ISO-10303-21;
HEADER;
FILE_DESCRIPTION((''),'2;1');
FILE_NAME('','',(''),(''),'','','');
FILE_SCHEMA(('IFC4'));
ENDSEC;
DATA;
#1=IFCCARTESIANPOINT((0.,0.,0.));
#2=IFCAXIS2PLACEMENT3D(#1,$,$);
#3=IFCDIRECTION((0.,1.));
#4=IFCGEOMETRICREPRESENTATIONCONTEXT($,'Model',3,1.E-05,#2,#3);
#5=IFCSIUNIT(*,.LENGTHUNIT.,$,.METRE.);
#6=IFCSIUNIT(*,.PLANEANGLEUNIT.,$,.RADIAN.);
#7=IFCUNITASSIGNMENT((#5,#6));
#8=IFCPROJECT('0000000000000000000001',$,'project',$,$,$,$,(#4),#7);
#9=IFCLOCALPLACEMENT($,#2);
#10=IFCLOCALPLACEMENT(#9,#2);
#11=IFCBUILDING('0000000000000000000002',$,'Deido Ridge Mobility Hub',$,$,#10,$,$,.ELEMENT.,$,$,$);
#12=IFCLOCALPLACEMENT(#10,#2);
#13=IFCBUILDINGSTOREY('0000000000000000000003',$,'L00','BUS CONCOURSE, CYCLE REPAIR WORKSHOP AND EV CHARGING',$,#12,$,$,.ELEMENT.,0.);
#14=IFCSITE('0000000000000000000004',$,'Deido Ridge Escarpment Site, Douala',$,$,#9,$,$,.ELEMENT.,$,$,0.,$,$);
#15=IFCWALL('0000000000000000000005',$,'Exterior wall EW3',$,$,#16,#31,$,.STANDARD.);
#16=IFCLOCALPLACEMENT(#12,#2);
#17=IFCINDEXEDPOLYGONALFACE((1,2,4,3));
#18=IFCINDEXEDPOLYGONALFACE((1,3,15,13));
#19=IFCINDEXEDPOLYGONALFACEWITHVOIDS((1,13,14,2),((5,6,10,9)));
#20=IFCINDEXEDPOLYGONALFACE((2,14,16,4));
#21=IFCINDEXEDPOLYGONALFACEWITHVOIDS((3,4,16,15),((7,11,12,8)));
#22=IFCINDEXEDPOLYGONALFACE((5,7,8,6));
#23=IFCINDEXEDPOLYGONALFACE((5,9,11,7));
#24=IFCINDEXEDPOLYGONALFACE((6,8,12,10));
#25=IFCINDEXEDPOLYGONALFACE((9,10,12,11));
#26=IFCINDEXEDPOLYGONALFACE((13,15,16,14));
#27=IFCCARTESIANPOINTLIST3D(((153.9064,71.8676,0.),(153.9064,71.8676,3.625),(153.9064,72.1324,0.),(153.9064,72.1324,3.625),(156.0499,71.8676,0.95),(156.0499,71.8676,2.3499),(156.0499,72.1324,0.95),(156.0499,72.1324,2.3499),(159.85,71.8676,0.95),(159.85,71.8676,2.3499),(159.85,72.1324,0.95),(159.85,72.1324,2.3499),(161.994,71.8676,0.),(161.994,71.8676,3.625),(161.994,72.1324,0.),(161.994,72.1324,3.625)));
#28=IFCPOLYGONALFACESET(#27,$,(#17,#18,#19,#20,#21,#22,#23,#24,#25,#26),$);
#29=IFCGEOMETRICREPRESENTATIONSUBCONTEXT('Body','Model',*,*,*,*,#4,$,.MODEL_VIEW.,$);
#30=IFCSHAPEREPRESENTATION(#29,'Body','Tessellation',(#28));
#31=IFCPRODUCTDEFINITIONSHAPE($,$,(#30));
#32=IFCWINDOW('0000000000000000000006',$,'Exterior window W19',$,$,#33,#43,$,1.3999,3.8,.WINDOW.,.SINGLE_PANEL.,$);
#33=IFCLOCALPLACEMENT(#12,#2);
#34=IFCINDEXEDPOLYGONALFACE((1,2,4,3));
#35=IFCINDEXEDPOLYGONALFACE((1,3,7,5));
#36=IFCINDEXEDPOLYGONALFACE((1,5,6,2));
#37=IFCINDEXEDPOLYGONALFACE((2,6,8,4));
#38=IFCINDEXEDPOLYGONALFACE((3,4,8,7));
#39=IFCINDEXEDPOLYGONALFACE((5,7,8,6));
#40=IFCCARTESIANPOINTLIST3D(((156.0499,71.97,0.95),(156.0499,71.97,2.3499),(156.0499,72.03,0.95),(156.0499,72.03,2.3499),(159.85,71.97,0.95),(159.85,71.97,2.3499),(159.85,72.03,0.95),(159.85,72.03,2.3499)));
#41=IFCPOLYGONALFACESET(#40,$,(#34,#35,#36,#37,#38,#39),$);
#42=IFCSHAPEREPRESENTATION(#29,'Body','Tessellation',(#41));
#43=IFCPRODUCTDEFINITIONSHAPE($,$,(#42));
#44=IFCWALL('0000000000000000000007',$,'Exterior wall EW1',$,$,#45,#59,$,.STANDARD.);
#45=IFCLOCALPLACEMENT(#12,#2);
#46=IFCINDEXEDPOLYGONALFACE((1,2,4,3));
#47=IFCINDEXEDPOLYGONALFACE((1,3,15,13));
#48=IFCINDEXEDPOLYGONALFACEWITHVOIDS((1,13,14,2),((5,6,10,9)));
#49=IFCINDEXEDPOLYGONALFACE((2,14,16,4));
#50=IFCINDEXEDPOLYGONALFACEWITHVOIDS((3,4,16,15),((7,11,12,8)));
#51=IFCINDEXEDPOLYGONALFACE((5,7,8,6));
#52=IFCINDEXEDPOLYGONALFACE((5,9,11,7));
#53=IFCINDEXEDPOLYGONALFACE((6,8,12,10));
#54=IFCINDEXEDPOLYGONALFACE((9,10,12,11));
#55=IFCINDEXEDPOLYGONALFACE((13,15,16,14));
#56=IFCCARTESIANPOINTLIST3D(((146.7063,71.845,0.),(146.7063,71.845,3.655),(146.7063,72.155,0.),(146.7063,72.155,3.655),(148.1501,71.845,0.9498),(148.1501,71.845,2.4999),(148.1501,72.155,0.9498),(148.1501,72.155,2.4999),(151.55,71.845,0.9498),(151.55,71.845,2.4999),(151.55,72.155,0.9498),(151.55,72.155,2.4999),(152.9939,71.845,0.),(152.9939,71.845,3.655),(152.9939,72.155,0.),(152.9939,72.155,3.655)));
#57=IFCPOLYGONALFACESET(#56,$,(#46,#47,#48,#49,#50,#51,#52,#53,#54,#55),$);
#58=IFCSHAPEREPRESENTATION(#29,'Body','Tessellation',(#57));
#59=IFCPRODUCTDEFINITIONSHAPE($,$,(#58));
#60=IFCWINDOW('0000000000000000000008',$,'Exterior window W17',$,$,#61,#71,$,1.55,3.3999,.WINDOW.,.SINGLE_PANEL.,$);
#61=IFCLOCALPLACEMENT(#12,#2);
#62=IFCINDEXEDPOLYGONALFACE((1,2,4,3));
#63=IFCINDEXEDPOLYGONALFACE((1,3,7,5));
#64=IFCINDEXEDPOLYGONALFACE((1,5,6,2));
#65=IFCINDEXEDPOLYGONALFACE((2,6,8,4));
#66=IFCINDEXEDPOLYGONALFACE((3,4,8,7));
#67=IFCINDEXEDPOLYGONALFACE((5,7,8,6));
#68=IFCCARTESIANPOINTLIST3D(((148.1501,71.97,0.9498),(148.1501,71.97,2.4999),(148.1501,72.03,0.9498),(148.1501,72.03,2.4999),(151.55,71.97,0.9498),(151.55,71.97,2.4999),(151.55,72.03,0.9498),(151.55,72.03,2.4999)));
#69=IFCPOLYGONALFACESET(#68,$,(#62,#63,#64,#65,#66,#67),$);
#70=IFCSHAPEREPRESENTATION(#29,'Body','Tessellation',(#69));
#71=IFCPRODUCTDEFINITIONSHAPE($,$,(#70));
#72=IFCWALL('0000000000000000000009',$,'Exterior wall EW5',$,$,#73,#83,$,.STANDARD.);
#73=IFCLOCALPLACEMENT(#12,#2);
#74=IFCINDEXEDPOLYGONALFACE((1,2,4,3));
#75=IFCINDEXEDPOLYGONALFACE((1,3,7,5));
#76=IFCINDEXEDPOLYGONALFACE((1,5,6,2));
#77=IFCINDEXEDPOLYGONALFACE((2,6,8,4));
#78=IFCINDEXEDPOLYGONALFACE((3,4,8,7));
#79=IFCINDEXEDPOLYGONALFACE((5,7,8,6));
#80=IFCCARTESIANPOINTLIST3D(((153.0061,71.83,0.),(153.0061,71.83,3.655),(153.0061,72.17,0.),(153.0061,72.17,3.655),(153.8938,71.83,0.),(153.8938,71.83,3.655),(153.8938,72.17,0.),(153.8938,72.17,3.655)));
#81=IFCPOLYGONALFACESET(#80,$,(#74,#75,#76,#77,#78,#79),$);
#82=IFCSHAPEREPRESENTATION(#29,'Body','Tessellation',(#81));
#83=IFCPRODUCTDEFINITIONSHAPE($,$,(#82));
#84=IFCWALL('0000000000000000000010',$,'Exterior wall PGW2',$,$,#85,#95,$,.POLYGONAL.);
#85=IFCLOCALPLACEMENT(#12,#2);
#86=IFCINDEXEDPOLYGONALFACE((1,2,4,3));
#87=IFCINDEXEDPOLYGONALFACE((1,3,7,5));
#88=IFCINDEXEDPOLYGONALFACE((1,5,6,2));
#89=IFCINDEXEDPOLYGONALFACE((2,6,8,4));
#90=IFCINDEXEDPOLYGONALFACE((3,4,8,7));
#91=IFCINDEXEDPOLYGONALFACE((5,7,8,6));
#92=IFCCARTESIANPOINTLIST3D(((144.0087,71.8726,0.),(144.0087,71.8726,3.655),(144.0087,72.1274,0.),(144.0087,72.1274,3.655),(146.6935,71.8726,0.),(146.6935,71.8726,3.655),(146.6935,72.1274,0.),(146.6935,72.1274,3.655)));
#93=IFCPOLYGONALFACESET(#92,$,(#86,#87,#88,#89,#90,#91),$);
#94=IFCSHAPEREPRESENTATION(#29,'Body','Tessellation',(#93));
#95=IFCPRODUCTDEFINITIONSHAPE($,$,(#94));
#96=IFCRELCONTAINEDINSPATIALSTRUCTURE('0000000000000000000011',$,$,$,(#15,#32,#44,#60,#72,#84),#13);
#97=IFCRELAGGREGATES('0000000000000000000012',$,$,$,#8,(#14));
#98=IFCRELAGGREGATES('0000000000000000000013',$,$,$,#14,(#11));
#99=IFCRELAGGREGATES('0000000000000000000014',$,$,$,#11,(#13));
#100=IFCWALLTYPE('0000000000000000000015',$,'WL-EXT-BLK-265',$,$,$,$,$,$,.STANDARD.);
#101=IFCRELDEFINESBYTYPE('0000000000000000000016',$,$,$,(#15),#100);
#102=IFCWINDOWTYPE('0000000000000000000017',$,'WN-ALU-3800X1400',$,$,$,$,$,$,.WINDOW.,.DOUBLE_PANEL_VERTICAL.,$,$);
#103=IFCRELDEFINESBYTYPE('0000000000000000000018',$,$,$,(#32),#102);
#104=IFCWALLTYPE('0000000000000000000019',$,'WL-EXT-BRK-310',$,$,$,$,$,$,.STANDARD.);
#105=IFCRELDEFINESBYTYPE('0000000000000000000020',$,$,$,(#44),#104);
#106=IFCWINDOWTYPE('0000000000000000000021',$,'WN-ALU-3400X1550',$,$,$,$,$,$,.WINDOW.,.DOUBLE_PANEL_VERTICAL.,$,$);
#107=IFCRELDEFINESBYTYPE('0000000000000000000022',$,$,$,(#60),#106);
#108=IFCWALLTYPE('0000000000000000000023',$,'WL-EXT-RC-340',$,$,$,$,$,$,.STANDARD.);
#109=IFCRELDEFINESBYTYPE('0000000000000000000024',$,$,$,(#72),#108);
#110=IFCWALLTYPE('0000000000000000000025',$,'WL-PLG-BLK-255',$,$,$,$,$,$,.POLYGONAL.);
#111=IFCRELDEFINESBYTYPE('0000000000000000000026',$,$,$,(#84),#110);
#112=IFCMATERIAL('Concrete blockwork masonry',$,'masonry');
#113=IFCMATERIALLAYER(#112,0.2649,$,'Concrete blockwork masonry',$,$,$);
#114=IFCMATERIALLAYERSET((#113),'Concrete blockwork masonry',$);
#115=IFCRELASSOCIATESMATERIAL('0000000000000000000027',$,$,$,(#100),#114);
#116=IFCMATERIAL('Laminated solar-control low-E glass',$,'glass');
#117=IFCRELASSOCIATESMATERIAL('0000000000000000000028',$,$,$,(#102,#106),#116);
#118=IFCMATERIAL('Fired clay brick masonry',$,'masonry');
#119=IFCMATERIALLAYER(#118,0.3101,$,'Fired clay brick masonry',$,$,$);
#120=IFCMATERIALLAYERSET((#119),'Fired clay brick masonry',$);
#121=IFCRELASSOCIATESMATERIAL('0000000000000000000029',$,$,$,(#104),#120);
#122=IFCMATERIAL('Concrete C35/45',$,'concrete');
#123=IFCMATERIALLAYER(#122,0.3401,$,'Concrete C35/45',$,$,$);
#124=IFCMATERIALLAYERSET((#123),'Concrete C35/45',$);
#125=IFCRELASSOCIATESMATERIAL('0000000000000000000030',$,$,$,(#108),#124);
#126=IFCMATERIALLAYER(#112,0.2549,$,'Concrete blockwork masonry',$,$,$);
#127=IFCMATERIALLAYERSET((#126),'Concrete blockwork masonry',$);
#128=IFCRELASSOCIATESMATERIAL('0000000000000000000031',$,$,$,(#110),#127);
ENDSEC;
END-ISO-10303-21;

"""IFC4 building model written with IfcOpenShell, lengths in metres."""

from ifc_helpers import new_model, si_unit, direction, frame, frame_2d, origin, place, context, subcontext, project, spatial, rectangle, extrude, material, layer, layer_set, type_object, element, fill, save


model = new_model("IFC4")

# Units and contexts
model_context = context("Model", 3, precision=1e-05, world=origin(), true_north=direction((0.0, 1.0)))
body_context = subcontext(model_context, "Body", "Model", "MODEL_VIEW")
ifc_project = project(units=[si_unit("LENGTHUNIT", "METRE"), si_unit("PLANEANGLEUNIT", "RADIAN")], contexts=[model_context])

# Site, building, storey
site_placement = place(None, origin())
site = spatial("IfcSite", under=ifc_project, at=site_placement, Name="Deido Ridge Escarpment Site, Douala", CompositionType="ELEMENT", RefElevation=0.0)
building_placement = place(site_placement, origin())
building = spatial("IfcBuilding", under=site, at=building_placement, Name="Deido Ridge Mobility Hub", CompositionType="ELEMENT")
storey_placement = place(building_placement, origin())
storey = spatial("IfcBuildingStorey", under=building, at=storey_placement, Name="L00", Description="BUS CONCOURSE, CYCLE REPAIR WORKSHOP AND EV CHARGING", CompositionType="ELEMENT", Elevation=0.0)

# Walls, openings, windows
ifc_material_1 = material(Name="Concrete blockwork masonry", Category="masonry")
ifc_layer_1 = layer(ifc_material_1, 0.2649, Name="Concrete blockwork masonry")
ifc_layer_set_1 = layer_set([ifc_layer_1], Name="Concrete blockwork masonry")
wall_type_1 = type_object("IfcWallType", Name="WL-EXT-BLK-265", PredefinedType="STANDARD", material=ifc_layer_set_1)
wall_1_placement = place(storey_placement, frame((153.9062, 72.0, 0.0), z_axis=(0.0, 0.0, 1.0), x_axis=(1.0, 0.0, 0.0)))
wall_1 = element("IfcWall", 1, at=wall_1_placement, inside=storey, type_object=wall_type_1, Name="Exterior wall EW3", PredefinedType="STANDARD", context=body_context, shape_type="SweptSolid", body=[
    extrude(rectangle(XDim=8.0876, YDim=0.2649, at=frame_2d((4.0439, 0.0))), origin(), (0.0, 0.0, 1.0), 3.625),
])
opening_1_placement = place(wall_1_placement, frame((2.1438, 0.0, 0.95)))
opening_1 = element("IfcOpeningElement", 2, at=opening_1_placement, cuts=wall_1, PredefinedType="OPENING", context=body_context, shape_type="SweptSolid", body=[
    extrude(rectangle(XDim=3.8, YDim=1.3999, at=frame_2d((1.8999, 0.7))), frame((0.0, 0.1426, 0.0), z_axis=(0.0, -1.0, 0.0), x_axis=(1.0, 0.0, 0.0)), (0.0, 0.0, 1.0), 0.2849),
])
ifc_material_2 = material(Name="Laminated solar-control low-E glass", Category="glass")
window_type_1 = type_object("IfcWindowType", Name="WN-ALU-3800X1400", PartitioningType="DOUBLE_PANEL_VERTICAL", PredefinedType="WINDOW", material=ifc_material_2)
window_1_placement = place(opening_1_placement, origin())
window_1 = element("IfcWindow", 3, at=window_1_placement, inside=storey, type_object=window_type_1, Name="Exterior window W19", OverallHeight=1.3999, OverallWidth=3.8, PartitioningType="SINGLE_PANEL", PredefinedType="WINDOW", context=body_context, shape_type="SweptSolid", body=[
    extrude(rectangle(XDim=3.8, YDim=1.3999, at=frame_2d((1.8999, 0.7))), frame((0.0, 0.03, 0.0), z_axis=(0.0, -1.0, 0.0), x_axis=(1.0, 0.0, 0.0)), (0.0, 0.0, 1.0), 0.0601),
])
fill(opening_1, window_1)
ifc_material_3 = material(Name="Fired clay brick masonry", Category="masonry")
ifc_layer_2 = layer(ifc_material_3, 0.3101, Name="Fired clay brick masonry")
ifc_layer_set_2 = layer_set([ifc_layer_2], Name="Fired clay brick masonry")
wall_type_2 = type_object("IfcWallType", Name="WL-EXT-BRK-310", PredefinedType="STANDARD", material=ifc_layer_set_2)
wall_2_placement = place(storey_placement, frame((146.7063, 72.0, 0.0), z_axis=(0.0, 0.0, 1.0), x_axis=(1.0, 0.0, 0.0)))
wall_2 = element("IfcWall", 4, at=wall_2_placement, inside=storey, type_object=wall_type_2, Name="Exterior wall EW1", PredefinedType="STANDARD", context=body_context, shape_type="SweptSolid", body=[
    extrude(rectangle(XDim=6.2876, YDim=0.3101, at=frame_2d((3.1438, 0.0))), origin(), (0.0, 0.0, 1.0), 3.655),
])
opening_2_placement = place(wall_2_placement, frame((1.4438, 0.0, 0.95)))
opening_2 = element("IfcOpeningElement", 5, at=opening_2_placement, cuts=wall_2, PredefinedType="OPENING", context=body_context, shape_type="SweptSolid", body=[
    extrude(rectangle(XDim=3.3999, YDim=1.55, at=frame_2d((1.7, 0.7749))), frame((0.0, 0.165, 0.0), z_axis=(0.0, -1.0, 0.0), x_axis=(1.0, 0.0, 0.0)), (0.0, 0.0, 1.0), 0.3301),
])
window_type_2 = type_object("IfcWindowType", Name="WN-ALU-3400X1550", PartitioningType="DOUBLE_PANEL_VERTICAL", PredefinedType="WINDOW", material=ifc_material_2)
window_2_placement = place(opening_2_placement, origin())
window_2 = element("IfcWindow", 6, at=window_2_placement, inside=storey, type_object=window_type_2, Name="Exterior window W17", OverallHeight=1.55, OverallWidth=3.3999, PartitioningType="SINGLE_PANEL", PredefinedType="WINDOW", context=body_context, shape_type="SweptSolid", body=[
    extrude(rectangle(XDim=3.3999, YDim=1.55, at=frame_2d((1.7, 0.7749))), frame((0.0, 0.03, 0.0), z_axis=(0.0, -1.0, 0.0), x_axis=(1.0, 0.0, 0.0)), (0.0, 0.0, 1.0), 0.0601),
])
fill(opening_2, window_2)

# Walls
ifc_material_4 = material(Name="Concrete C35/45", Category="concrete")
ifc_layer_3 = layer(ifc_material_4, 0.3401, Name="Concrete C35/45")
ifc_layer_set_3 = layer_set([ifc_layer_3], Name="Concrete C35/45")
wall_type_3 = type_object("IfcWallType", Name="WL-EXT-RC-340", PredefinedType="STANDARD", material=ifc_layer_set_3)
wall_3_placement = place(storey_placement, frame((153.0061, 72.0, 0.0), z_axis=(0.0, 0.0, 1.0), x_axis=(1.0, 0.0, 0.0)))
element("IfcWall", 7, at=wall_3_placement, inside=storey, type_object=wall_type_3, Name="Exterior wall EW5", PredefinedType="STANDARD", context=body_context, shape_type="SweptSolid", body=[
    extrude(rectangle(XDim=0.8877, YDim=0.3401, at=frame_2d((0.4438, 0.0))), origin(), (0.0, 0.0, 1.0), 3.655),
])
ifc_layer_4 = layer(ifc_material_1, 0.2549, Name="Concrete blockwork masonry")
ifc_layer_set_4 = layer_set([ifc_layer_4], Name="Concrete blockwork masonry")
wall_type_4 = type_object("IfcWallType", Name="WL-PLG-BLK-255", PredefinedType="POLYGONAL", material=ifc_layer_set_4)
wall_4_placement = place(storey_placement, frame((144.0088, 72.0, 0.0), z_axis=(0.0, 0.0, 1.0), x_axis=(1.0, 0.0, 0.0)))
element("IfcWall", 8, at=wall_4_placement, inside=storey, type_object=wall_type_4, Name="Exterior wall PGW2", PredefinedType="POLYGONAL", context=body_context, shape_type="SweptSolid", body=[
    extrude(rectangle(XDim=2.6848, YDim=0.2549, at=frame_2d((1.3423, 0.0))), origin(), (0.0, 0.0, 1.0), 3.655),
])

save(model, "model.ifc")
